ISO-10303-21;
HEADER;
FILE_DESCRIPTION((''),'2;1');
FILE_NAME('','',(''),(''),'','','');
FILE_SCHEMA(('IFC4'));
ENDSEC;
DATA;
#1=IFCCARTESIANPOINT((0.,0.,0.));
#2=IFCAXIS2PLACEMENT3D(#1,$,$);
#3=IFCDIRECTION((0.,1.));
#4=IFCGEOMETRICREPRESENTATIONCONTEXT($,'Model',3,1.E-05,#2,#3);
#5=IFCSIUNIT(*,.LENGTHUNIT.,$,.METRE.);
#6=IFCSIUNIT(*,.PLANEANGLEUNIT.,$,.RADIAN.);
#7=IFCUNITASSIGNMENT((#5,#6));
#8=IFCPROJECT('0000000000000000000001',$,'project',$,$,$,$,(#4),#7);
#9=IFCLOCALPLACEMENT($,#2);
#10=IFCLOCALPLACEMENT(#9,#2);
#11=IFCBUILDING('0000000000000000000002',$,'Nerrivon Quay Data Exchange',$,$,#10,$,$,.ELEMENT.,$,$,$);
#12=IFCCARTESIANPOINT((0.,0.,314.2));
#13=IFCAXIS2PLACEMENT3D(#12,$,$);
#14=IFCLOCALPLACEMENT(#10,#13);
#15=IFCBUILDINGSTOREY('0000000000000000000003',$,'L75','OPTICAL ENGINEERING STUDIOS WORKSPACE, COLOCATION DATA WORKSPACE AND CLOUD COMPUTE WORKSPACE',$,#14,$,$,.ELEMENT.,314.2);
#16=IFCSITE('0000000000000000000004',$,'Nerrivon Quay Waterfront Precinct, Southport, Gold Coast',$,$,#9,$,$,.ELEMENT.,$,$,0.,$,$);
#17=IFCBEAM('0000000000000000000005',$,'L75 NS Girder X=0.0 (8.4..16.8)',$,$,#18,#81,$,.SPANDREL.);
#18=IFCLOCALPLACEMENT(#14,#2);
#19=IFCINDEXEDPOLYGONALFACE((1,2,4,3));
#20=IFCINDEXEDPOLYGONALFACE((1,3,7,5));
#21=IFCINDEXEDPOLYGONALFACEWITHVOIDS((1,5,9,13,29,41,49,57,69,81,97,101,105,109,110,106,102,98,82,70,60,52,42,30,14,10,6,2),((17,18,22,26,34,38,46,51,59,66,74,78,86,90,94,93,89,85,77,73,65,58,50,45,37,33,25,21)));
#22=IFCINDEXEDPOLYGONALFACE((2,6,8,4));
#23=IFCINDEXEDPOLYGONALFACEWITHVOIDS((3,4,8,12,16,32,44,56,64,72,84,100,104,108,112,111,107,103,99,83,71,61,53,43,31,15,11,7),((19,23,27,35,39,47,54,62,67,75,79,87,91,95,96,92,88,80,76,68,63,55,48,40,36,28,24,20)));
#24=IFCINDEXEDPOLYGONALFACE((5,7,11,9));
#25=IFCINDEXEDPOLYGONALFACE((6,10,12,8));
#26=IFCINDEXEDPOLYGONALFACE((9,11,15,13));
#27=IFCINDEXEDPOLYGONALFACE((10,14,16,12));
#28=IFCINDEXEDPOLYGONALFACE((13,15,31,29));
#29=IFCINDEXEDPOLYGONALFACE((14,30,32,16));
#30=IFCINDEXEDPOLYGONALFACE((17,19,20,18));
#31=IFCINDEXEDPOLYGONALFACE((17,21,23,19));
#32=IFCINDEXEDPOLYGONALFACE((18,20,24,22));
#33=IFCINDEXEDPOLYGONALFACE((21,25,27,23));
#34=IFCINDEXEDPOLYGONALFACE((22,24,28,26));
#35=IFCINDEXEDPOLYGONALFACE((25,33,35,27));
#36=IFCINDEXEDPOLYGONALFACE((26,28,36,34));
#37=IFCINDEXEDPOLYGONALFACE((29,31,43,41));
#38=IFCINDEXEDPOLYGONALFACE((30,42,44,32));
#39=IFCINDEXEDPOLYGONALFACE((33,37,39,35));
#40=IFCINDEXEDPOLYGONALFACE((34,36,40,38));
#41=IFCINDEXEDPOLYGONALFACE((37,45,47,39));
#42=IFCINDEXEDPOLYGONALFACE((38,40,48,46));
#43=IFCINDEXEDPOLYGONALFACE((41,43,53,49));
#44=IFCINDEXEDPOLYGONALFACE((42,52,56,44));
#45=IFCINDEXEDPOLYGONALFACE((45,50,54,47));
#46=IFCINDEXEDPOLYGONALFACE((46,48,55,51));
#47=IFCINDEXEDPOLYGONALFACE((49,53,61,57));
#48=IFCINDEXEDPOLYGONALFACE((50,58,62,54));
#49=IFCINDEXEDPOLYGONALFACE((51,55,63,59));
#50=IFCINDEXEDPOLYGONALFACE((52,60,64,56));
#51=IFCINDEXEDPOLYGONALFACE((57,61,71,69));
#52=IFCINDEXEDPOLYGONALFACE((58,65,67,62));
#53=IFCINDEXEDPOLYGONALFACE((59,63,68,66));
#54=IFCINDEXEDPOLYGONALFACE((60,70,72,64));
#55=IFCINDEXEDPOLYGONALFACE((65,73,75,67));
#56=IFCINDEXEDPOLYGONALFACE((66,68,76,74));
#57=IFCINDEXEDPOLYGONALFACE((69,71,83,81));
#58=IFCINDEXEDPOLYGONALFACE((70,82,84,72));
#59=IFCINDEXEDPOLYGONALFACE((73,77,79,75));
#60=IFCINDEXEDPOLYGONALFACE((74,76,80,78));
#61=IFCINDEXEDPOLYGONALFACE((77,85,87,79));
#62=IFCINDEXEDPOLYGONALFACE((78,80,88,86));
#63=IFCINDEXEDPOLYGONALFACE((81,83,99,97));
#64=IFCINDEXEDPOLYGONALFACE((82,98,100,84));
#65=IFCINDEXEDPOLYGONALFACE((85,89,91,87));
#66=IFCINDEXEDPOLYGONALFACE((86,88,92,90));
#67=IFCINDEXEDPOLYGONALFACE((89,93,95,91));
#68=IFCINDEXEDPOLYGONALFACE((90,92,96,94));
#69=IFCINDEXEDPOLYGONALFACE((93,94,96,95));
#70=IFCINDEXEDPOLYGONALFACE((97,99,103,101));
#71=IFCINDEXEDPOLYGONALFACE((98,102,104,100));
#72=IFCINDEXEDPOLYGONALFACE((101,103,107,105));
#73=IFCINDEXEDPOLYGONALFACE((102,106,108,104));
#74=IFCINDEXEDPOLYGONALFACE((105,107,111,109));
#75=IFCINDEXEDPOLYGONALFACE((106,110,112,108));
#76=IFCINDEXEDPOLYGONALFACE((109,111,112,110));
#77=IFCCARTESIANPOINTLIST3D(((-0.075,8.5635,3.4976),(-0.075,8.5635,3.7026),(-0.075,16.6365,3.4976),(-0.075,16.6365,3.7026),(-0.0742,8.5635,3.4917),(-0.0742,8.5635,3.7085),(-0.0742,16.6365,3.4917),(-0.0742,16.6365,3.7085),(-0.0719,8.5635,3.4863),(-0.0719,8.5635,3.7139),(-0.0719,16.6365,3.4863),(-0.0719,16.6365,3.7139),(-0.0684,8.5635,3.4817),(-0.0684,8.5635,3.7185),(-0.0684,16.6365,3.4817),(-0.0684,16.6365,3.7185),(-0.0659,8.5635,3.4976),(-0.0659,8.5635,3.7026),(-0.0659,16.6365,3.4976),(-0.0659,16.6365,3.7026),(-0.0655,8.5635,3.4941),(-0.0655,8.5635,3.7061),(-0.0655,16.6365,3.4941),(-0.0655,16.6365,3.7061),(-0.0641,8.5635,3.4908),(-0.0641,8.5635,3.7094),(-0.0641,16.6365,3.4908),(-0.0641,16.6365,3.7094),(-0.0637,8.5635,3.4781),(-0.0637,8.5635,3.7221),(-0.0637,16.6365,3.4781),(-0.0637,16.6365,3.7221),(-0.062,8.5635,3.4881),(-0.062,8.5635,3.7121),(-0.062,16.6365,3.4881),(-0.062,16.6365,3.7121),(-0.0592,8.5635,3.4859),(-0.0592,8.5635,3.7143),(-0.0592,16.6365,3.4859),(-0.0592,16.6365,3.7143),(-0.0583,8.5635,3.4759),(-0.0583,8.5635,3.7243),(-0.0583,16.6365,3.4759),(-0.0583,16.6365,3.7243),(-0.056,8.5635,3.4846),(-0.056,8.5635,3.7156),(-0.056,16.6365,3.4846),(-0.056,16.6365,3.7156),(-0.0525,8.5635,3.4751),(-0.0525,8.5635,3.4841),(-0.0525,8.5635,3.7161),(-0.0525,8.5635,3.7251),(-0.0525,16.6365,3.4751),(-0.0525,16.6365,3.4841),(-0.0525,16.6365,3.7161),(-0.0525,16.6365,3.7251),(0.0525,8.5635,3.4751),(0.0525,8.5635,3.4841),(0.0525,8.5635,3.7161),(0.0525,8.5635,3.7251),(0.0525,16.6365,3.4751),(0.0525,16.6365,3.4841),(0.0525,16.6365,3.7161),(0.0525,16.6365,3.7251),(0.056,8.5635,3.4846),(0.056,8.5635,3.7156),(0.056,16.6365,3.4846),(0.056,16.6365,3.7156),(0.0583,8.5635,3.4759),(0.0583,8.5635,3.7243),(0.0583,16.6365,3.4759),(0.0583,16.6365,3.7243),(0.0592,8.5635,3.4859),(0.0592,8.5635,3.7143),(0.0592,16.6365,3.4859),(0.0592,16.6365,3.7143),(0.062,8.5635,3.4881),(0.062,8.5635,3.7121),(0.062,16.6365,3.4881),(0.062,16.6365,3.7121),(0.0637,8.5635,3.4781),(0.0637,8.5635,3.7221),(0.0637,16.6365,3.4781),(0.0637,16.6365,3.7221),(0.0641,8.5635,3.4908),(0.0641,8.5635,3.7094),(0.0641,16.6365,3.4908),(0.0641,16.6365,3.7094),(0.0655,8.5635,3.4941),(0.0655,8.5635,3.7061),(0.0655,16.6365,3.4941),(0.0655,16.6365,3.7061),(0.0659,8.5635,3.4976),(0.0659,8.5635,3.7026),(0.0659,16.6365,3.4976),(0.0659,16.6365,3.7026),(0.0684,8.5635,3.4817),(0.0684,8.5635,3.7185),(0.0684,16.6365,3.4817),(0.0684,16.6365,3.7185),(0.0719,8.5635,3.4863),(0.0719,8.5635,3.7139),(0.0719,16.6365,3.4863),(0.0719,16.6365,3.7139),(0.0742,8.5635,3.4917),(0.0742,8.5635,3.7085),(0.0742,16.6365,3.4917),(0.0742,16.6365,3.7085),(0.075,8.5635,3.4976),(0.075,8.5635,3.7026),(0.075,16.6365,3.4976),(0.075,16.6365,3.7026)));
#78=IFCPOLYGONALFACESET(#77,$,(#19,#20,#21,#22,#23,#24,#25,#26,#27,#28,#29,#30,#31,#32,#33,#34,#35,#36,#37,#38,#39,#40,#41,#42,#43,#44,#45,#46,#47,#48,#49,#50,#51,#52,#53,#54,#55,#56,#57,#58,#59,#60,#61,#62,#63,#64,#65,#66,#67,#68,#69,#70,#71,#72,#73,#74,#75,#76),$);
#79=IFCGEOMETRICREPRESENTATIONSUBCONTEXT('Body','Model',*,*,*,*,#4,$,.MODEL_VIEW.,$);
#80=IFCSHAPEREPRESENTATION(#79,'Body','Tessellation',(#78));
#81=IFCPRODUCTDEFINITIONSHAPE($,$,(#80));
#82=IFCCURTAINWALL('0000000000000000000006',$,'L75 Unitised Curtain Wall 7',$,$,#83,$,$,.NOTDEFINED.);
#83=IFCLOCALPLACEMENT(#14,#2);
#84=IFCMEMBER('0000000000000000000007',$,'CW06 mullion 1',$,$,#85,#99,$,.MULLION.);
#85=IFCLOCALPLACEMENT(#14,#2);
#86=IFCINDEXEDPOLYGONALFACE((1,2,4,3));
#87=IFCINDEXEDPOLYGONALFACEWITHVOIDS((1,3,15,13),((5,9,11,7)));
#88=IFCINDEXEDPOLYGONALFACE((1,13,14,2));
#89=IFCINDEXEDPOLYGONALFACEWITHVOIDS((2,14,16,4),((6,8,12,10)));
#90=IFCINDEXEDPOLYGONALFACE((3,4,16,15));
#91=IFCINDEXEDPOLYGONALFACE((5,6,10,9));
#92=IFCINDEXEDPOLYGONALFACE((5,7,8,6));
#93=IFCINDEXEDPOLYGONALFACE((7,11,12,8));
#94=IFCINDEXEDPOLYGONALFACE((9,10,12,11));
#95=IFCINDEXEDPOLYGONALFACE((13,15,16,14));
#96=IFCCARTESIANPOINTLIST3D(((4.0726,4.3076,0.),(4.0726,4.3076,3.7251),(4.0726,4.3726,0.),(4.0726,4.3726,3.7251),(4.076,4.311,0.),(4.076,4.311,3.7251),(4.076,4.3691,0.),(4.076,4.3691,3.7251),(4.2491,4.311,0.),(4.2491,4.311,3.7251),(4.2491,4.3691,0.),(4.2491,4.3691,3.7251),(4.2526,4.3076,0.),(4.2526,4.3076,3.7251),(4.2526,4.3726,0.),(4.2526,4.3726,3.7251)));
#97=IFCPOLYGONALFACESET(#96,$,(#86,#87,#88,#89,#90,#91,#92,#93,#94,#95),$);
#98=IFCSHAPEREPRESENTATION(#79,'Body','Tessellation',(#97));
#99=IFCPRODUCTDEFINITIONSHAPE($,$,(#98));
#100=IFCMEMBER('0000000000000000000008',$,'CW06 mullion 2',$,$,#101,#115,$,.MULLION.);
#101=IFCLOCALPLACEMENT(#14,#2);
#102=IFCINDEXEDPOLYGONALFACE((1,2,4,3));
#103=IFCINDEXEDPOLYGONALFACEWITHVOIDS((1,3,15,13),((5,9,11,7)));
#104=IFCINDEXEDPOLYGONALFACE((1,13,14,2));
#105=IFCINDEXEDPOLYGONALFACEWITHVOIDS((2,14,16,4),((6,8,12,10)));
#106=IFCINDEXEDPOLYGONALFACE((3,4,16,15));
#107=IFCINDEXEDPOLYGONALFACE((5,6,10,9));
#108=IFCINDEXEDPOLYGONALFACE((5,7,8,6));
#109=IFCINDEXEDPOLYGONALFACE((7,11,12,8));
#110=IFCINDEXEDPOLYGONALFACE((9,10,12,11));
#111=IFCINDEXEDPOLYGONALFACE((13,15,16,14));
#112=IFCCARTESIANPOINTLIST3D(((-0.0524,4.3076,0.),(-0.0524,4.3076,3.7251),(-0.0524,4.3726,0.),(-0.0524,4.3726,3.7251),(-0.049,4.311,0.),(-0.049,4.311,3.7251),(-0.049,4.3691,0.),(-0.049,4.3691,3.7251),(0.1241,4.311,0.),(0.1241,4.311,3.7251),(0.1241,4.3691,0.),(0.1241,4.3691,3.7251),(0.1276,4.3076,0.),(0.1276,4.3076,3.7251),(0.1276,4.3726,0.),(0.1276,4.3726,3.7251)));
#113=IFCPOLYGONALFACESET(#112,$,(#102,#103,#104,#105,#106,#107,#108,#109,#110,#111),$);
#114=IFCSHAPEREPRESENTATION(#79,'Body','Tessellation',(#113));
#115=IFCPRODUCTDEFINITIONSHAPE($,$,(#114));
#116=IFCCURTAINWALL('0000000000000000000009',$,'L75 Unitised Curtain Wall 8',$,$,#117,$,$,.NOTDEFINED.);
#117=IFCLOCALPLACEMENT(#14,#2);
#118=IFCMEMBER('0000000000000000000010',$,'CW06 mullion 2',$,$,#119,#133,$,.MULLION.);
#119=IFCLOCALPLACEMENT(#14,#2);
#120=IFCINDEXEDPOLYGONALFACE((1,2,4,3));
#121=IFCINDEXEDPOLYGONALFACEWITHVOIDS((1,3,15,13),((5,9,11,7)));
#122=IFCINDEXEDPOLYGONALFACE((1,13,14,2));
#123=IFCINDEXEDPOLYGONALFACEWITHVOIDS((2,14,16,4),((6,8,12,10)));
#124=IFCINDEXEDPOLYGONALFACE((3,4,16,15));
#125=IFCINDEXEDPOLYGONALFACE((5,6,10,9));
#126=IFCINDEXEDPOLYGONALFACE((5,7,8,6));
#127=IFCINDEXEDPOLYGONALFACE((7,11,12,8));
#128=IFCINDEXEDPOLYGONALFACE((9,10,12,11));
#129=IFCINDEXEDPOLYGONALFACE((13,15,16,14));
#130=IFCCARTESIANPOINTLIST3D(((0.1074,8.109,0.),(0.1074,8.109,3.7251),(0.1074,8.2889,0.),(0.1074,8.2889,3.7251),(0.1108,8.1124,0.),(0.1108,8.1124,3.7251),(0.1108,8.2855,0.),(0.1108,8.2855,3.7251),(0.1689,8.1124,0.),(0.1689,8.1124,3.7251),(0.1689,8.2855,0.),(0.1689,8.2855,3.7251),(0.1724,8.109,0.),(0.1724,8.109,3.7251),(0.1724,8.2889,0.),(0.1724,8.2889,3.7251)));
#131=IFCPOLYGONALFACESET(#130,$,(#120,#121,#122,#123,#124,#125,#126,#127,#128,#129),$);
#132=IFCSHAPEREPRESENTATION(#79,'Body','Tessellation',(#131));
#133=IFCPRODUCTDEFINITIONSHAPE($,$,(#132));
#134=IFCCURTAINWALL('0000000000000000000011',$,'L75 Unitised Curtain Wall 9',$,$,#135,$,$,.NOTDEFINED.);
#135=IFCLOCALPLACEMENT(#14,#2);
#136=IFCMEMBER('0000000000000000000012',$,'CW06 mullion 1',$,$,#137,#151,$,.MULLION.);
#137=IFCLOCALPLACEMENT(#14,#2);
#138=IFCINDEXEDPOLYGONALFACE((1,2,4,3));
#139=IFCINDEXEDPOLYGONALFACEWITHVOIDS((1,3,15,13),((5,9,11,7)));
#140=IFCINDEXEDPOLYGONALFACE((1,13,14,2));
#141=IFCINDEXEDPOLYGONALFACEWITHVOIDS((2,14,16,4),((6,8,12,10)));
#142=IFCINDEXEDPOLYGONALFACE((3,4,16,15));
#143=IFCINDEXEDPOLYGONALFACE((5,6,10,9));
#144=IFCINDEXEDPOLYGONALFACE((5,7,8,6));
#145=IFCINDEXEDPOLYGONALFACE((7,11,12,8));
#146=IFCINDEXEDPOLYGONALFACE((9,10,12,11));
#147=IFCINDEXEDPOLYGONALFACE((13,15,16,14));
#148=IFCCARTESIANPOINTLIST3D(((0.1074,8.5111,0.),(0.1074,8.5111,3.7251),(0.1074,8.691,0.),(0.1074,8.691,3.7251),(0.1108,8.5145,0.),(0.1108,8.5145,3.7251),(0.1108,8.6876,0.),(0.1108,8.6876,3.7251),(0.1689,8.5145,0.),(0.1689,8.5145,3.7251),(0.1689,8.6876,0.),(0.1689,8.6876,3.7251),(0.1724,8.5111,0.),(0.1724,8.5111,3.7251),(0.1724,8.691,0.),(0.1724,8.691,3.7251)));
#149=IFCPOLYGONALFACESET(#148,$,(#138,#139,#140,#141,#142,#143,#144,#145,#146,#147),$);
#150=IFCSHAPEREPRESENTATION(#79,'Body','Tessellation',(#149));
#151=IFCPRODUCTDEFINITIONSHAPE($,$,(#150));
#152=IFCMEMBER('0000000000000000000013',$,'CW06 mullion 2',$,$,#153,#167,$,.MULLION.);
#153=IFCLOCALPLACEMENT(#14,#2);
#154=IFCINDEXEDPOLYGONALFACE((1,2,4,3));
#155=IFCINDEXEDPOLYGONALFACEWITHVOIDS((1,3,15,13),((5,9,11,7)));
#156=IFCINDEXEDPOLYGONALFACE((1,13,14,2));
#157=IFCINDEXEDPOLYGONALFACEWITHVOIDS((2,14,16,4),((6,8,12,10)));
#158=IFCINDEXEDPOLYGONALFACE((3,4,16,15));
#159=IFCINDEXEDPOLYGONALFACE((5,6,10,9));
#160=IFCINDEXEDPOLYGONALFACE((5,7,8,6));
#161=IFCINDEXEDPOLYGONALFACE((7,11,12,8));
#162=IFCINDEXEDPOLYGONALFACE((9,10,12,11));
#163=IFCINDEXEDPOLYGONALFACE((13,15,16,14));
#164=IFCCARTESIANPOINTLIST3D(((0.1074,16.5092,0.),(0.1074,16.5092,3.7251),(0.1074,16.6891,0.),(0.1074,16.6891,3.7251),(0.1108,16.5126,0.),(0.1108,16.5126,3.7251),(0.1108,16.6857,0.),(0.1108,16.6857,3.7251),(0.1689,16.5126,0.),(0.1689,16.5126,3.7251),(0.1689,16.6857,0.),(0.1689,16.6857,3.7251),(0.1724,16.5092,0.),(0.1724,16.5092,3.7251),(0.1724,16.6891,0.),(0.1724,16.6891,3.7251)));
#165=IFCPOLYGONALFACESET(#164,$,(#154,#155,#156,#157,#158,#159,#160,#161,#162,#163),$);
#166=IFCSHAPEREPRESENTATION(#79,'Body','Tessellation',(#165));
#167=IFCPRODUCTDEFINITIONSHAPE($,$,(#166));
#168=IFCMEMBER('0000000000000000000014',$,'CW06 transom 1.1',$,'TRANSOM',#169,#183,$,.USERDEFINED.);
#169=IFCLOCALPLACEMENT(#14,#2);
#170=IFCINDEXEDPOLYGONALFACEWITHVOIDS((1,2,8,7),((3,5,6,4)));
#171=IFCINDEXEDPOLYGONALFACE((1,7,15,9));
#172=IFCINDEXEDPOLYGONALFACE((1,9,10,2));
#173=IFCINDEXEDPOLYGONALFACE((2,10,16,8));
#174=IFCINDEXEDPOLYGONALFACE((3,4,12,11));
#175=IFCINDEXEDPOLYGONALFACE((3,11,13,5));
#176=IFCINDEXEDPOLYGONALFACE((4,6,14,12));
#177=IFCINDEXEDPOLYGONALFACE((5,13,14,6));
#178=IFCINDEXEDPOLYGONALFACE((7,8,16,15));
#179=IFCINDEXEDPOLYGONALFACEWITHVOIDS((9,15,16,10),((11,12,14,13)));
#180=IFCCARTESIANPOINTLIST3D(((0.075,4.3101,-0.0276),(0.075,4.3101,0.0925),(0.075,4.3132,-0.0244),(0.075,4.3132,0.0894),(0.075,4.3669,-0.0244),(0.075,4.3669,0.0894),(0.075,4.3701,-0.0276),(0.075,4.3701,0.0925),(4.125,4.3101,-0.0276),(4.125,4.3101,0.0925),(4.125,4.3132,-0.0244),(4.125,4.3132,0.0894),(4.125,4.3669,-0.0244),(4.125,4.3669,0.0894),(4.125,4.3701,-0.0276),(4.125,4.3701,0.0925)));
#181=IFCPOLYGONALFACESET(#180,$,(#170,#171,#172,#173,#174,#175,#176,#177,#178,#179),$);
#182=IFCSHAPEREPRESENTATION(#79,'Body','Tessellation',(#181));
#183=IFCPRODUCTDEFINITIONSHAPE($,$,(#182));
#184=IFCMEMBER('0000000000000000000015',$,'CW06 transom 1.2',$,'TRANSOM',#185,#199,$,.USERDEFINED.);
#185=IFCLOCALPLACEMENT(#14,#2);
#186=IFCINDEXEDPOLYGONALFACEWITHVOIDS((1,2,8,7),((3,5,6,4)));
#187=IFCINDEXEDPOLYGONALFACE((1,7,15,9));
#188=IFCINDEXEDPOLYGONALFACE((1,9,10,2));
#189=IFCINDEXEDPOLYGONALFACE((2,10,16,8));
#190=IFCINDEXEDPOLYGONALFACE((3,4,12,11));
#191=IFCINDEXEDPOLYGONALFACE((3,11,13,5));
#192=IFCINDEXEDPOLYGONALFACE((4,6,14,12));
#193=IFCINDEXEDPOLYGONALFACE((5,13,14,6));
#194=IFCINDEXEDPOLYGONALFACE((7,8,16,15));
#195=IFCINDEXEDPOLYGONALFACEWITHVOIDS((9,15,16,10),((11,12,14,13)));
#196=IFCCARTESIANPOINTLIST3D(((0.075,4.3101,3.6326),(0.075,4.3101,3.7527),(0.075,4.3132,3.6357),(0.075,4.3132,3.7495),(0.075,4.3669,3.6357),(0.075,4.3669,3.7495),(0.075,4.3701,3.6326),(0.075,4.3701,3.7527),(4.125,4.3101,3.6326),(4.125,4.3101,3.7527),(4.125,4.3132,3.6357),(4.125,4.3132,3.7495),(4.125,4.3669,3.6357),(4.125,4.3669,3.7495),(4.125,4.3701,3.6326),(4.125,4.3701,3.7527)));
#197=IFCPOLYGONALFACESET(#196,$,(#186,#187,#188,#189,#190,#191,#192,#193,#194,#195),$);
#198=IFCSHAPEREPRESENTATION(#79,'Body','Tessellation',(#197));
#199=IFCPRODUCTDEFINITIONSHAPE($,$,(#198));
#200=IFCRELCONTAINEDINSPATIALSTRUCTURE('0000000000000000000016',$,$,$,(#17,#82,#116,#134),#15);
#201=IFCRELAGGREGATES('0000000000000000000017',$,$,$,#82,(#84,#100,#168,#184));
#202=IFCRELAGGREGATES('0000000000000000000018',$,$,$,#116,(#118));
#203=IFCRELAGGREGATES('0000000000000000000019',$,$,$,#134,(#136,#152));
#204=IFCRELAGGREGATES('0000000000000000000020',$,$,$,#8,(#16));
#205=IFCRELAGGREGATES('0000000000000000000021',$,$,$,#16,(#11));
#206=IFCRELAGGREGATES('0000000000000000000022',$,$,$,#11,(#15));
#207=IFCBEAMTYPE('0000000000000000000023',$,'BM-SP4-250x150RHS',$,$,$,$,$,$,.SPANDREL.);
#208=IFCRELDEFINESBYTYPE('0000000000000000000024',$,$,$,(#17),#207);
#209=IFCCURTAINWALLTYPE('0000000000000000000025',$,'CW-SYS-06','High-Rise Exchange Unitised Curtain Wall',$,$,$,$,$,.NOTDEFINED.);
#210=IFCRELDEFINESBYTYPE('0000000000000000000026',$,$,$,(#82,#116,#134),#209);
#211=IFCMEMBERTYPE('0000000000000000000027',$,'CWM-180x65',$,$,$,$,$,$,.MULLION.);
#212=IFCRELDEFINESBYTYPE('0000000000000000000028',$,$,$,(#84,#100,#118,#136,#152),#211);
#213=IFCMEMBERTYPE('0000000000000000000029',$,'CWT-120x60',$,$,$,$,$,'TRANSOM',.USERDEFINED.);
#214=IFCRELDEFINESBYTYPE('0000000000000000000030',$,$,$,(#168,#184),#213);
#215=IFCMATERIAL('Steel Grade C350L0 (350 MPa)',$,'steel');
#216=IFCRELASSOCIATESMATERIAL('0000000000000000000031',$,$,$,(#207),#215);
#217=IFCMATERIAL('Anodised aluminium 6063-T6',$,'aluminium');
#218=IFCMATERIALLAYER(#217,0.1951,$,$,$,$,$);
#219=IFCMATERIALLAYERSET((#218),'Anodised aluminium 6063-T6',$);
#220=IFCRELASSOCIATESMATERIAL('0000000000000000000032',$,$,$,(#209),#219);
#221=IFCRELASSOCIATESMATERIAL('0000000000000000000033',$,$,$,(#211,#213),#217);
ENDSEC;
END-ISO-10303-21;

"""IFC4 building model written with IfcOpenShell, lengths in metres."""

from ifc_helpers import new_model, si_unit, direction, frame, origin, origin_2d, place, context, subcontext, project, spatial, hollow_rectangle, extrude, material, layer, layer_set, material_profile, profile_set, type_object, element, aggregate, save


model = new_model("IFC4")

# Units and contexts
model_context = context("Model", 3, precision=1e-05, world=origin(), true_north=direction((0.0, 1.0)))
body_context = subcontext(model_context, "Body", "Model", "MODEL_VIEW")
ifc_project = project(units=[si_unit("LENGTHUNIT", "METRE"), si_unit("PLANEANGLEUNIT", "RADIAN")], contexts=[model_context])

# Site, building, storey
site_placement = place(None, origin())
site = spatial("IfcSite", under=ifc_project, at=site_placement, Name="Nerrivon Quay Waterfront Precinct, Southport, Gold Coast", CompositionType="ELEMENT", RefElevation=0.0)
building_placement = place(site_placement, origin())
building = spatial("IfcBuilding", under=site, at=building_placement, Name="Nerrivon Quay Data Exchange", CompositionType="ELEMENT")
storey_placement = place(building_placement, frame((0.0, 0.0, 314.2)))
storey = spatial("IfcBuildingStorey", under=building, at=storey_placement, Name="L75", Description="OPTICAL ENGINEERING STUDIOS WORKSPACE, COLOCATION DATA WORKSPACE AND CLOUD COMPUTE WORKSPACE", CompositionType="ELEMENT", Elevation=314.2)

# Beam
ifc_material_1 = material(Name="Steel Grade C350L0 (350 MPa)", Category="steel")
ifc_material_profile_1 = material_profile(ifc_material_1, hollow_rectangle(XDim=0.1499, YDim=0.25, WallThickness=0.009, InnerFilletRadius=0.0134, OuterFilletRadius=0.0225, at=origin_2d()), Name="250x150x9.0RHS")
ifc_profile_set_1 = profile_set([ifc_material_profile_1], Name="Steel Grade C350L0 (350 MPa)")
beam_type_1 = type_object("IfcBeamType", Name="BM-SP4-250x150RHS", PredefinedType="SPANDREL", material=ifc_profile_set_1)
beam_1_placement = place(storey_placement, frame((0.0, 8.5635, 3.6001), z_axis=(0.0, 1.0, 0.0), x_axis=(-1.0, 0.0, 0.0)))
element("IfcBeam", 1, at=beam_1_placement, inside=storey, type_object=beam_type_1, Name="L75 NS Girder X=0.0 (8.4..16.8)", PredefinedType="SPANDREL", context=body_context, shape_type="SweptSolid", body=[
    extrude(hollow_rectangle(XDim=0.1499, YDim=0.25, WallThickness=0.009, InnerFilletRadius=0.0134, OuterFilletRadius=0.0225, at=origin_2d()), origin(), (0.0, 0.0, 1.0), 8.073),
])

# Curtain wall, members
ifc_material_2 = material(Name="Anodised aluminium 6063-T6", Category="aluminium")
ifc_layer_1 = layer(ifc_material_2, 0.1951)
ifc_layer_set_1 = layer_set([ifc_layer_1], Name="Anodised aluminium 6063-T6")
curtain_wall_type = type_object("IfcCurtainWallType", Name="CW-SYS-06", Description="High-Rise Exchange Unitised Curtain Wall", PredefinedType="NOTDEFINED", material=ifc_layer_set_1)
curtain_wall_1_placement = place(storey_placement, origin())
curtain_wall_1 = element("IfcCurtainWall", 2, at=curtain_wall_1_placement, inside=storey, type_object=curtain_wall_type, Name="L75 Unitised Curtain Wall 7", PredefinedType="NOTDEFINED")
ifc_material_profile_2 = material_profile(ifc_material_2, hollow_rectangle(XDim=0.0649, YDim=0.1799, WallThickness=0.0034, at=origin_2d()), Name="ALU-MULL-180x65")
ifc_profile_set_2 = profile_set([ifc_material_profile_2], Name="Anodised aluminium 6063-T6")
member_type_1 = type_object("IfcMemberType", Name="CWM-180x65", PredefinedType="MULLION", material=ifc_profile_set_2)
member_1_placement = place(storey_placement, frame((4.1626, 4.3401, 0.0), z_axis=(0.0, 0.0, 1.0), x_axis=(0.0, -1.0, 0.0)))
member_1 = element("IfcMember", 3, at=member_1_placement, type_object=member_type_1, Name="CW06 mullion 1", PredefinedType="MULLION", context=body_context, shape_type="SweptSolid", body=[
    extrude(hollow_rectangle(XDim=0.0649, YDim=0.1799, WallThickness=0.0034, at=origin_2d()), origin(), (0.0, 0.0, 1.0), 3.7251),
])
member_2_placement = place(storey_placement, frame((0.0376, 4.3401, 0.0), z_axis=(0.0, 0.0, 1.0), x_axis=(0.0, -1.0, 0.0)))
member_2 = element("IfcMember", 4, at=member_2_placement, type_object=member_type_1, Name="CW06 mullion 2", PredefinedType="MULLION", context=body_context, shape_type="SweptSolid", body=[
    extrude(hollow_rectangle(XDim=0.0649, YDim=0.1799, WallThickness=0.0034, at=origin_2d()), origin(), (0.0, 0.0, 1.0), 3.7251),
])

# Curtain wall, member
curtain_wall_2_placement = place(storey_placement, origin())
curtain_wall_2 = element("IfcCurtainWall", 5, at=curtain_wall_2_placement, inside=storey, type_object=curtain_wall_type, Name="L75 Unitised Curtain Wall 8", PredefinedType="NOTDEFINED")
member_3_placement = place(storey_placement, frame((0.1399, 8.199, 0.0), z_axis=(0.0, 0.0, 1.0), x_axis=(-1.0, 0.0, 0.0)))
member_3 = element("IfcMember", 6, at=member_3_placement, type_object=member_type_1, Name="CW06 mullion 2", PredefinedType="MULLION", context=body_context, shape_type="SweptSolid", body=[
    extrude(hollow_rectangle(XDim=0.0649, YDim=0.1799, WallThickness=0.0034, at=origin_2d()), origin(), (0.0, 0.0, 1.0), 3.7251),
])

# Curtain wall, members
curtain_wall_3_placement = place(storey_placement, origin())
curtain_wall_3 = element("IfcCurtainWall", 7, at=curtain_wall_3_placement, inside=storey, type_object=curtain_wall_type, Name="L75 Unitised Curtain Wall 9", PredefinedType="NOTDEFINED")
member_4_placement = place(storey_placement, frame((0.1399, 8.6011, 0.0), z_axis=(0.0, 0.0, 1.0), x_axis=(-1.0, 0.0, 0.0)))
member_4 = element("IfcMember", 8, at=member_4_placement, type_object=member_type_1, Name="CW06 mullion 1", PredefinedType="MULLION", context=body_context, shape_type="SweptSolid", body=[
    extrude(hollow_rectangle(XDim=0.0649, YDim=0.1799, WallThickness=0.0034, at=origin_2d()), origin(), (0.0, 0.0, 1.0), 3.7251),
])
member_5_placement = place(storey_placement, frame((0.1399, 16.5991, 0.0), z_axis=(0.0, 0.0, 1.0), x_axis=(-1.0, 0.0, 0.0)))
member_5 = element("IfcMember", 9, at=member_5_placement, type_object=member_type_1, Name="CW06 mullion 2", PredefinedType="MULLION", context=body_context, shape_type="SweptSolid", body=[
    extrude(hollow_rectangle(XDim=0.0649, YDim=0.1799, WallThickness=0.0034, at=origin_2d()), origin(), (0.0, 0.0, 1.0), 3.7251),
])

# Members
ifc_material_profile_3 = material_profile(ifc_material_2, hollow_rectangle(XDim=0.0601, YDim=0.1201, WallThickness=0.0032, at=origin_2d()), Name="ALU-TRAN-120x60")
ifc_profile_set_3 = profile_set([ifc_material_profile_3], Name="Anodised aluminium 6063-T6")
member_type_2 = type_object("IfcMemberType", Name="CWT-120x60", ElementType="TRANSOM", PredefinedType="USERDEFINED", material=ifc_profile_set_3)
member_6_placement = place(storey_placement, frame((4.125, 4.3401, 0.0325), z_axis=(-1.0, 0.0, 0.0), x_axis=(0.0, -1.0, 0.0)))
member_6 = element("IfcMember", 10, at=member_6_placement, type_object=member_type_2, Name="CW06 transom 1.1", ObjectType="TRANSOM", PredefinedType="USERDEFINED", context=body_context, shape_type="SweptSolid", body=[
    extrude(hollow_rectangle(XDim=0.0601, YDim=0.1201, WallThickness=0.0032, at=origin_2d()), origin(), (0.0, 0.0, 1.0), 4.05),
])
member_7_placement = place(storey_placement, frame((4.125, 4.3401, 3.6926), z_axis=(-1.0, 0.0, 0.0), x_axis=(0.0, -1.0, 0.0)))
member_7 = element("IfcMember", 11, at=member_7_placement, type_object=member_type_2, Name="CW06 transom 1.2", ObjectType="TRANSOM", PredefinedType="USERDEFINED", context=body_context, shape_type="SweptSolid", body=[
    extrude(hollow_rectangle(XDim=0.0601, YDim=0.1201, WallThickness=0.0032, at=origin_2d()), origin(), (0.0, 0.0, 1.0), 4.05),
])

aggregate(curtain_wall_1, [member_1, member_2, member_6, member_7])
aggregate(curtain_wall_2, [member_3])
aggregate(curtain_wall_3, [member_4, member_5])

save(model, "model.ifc")
